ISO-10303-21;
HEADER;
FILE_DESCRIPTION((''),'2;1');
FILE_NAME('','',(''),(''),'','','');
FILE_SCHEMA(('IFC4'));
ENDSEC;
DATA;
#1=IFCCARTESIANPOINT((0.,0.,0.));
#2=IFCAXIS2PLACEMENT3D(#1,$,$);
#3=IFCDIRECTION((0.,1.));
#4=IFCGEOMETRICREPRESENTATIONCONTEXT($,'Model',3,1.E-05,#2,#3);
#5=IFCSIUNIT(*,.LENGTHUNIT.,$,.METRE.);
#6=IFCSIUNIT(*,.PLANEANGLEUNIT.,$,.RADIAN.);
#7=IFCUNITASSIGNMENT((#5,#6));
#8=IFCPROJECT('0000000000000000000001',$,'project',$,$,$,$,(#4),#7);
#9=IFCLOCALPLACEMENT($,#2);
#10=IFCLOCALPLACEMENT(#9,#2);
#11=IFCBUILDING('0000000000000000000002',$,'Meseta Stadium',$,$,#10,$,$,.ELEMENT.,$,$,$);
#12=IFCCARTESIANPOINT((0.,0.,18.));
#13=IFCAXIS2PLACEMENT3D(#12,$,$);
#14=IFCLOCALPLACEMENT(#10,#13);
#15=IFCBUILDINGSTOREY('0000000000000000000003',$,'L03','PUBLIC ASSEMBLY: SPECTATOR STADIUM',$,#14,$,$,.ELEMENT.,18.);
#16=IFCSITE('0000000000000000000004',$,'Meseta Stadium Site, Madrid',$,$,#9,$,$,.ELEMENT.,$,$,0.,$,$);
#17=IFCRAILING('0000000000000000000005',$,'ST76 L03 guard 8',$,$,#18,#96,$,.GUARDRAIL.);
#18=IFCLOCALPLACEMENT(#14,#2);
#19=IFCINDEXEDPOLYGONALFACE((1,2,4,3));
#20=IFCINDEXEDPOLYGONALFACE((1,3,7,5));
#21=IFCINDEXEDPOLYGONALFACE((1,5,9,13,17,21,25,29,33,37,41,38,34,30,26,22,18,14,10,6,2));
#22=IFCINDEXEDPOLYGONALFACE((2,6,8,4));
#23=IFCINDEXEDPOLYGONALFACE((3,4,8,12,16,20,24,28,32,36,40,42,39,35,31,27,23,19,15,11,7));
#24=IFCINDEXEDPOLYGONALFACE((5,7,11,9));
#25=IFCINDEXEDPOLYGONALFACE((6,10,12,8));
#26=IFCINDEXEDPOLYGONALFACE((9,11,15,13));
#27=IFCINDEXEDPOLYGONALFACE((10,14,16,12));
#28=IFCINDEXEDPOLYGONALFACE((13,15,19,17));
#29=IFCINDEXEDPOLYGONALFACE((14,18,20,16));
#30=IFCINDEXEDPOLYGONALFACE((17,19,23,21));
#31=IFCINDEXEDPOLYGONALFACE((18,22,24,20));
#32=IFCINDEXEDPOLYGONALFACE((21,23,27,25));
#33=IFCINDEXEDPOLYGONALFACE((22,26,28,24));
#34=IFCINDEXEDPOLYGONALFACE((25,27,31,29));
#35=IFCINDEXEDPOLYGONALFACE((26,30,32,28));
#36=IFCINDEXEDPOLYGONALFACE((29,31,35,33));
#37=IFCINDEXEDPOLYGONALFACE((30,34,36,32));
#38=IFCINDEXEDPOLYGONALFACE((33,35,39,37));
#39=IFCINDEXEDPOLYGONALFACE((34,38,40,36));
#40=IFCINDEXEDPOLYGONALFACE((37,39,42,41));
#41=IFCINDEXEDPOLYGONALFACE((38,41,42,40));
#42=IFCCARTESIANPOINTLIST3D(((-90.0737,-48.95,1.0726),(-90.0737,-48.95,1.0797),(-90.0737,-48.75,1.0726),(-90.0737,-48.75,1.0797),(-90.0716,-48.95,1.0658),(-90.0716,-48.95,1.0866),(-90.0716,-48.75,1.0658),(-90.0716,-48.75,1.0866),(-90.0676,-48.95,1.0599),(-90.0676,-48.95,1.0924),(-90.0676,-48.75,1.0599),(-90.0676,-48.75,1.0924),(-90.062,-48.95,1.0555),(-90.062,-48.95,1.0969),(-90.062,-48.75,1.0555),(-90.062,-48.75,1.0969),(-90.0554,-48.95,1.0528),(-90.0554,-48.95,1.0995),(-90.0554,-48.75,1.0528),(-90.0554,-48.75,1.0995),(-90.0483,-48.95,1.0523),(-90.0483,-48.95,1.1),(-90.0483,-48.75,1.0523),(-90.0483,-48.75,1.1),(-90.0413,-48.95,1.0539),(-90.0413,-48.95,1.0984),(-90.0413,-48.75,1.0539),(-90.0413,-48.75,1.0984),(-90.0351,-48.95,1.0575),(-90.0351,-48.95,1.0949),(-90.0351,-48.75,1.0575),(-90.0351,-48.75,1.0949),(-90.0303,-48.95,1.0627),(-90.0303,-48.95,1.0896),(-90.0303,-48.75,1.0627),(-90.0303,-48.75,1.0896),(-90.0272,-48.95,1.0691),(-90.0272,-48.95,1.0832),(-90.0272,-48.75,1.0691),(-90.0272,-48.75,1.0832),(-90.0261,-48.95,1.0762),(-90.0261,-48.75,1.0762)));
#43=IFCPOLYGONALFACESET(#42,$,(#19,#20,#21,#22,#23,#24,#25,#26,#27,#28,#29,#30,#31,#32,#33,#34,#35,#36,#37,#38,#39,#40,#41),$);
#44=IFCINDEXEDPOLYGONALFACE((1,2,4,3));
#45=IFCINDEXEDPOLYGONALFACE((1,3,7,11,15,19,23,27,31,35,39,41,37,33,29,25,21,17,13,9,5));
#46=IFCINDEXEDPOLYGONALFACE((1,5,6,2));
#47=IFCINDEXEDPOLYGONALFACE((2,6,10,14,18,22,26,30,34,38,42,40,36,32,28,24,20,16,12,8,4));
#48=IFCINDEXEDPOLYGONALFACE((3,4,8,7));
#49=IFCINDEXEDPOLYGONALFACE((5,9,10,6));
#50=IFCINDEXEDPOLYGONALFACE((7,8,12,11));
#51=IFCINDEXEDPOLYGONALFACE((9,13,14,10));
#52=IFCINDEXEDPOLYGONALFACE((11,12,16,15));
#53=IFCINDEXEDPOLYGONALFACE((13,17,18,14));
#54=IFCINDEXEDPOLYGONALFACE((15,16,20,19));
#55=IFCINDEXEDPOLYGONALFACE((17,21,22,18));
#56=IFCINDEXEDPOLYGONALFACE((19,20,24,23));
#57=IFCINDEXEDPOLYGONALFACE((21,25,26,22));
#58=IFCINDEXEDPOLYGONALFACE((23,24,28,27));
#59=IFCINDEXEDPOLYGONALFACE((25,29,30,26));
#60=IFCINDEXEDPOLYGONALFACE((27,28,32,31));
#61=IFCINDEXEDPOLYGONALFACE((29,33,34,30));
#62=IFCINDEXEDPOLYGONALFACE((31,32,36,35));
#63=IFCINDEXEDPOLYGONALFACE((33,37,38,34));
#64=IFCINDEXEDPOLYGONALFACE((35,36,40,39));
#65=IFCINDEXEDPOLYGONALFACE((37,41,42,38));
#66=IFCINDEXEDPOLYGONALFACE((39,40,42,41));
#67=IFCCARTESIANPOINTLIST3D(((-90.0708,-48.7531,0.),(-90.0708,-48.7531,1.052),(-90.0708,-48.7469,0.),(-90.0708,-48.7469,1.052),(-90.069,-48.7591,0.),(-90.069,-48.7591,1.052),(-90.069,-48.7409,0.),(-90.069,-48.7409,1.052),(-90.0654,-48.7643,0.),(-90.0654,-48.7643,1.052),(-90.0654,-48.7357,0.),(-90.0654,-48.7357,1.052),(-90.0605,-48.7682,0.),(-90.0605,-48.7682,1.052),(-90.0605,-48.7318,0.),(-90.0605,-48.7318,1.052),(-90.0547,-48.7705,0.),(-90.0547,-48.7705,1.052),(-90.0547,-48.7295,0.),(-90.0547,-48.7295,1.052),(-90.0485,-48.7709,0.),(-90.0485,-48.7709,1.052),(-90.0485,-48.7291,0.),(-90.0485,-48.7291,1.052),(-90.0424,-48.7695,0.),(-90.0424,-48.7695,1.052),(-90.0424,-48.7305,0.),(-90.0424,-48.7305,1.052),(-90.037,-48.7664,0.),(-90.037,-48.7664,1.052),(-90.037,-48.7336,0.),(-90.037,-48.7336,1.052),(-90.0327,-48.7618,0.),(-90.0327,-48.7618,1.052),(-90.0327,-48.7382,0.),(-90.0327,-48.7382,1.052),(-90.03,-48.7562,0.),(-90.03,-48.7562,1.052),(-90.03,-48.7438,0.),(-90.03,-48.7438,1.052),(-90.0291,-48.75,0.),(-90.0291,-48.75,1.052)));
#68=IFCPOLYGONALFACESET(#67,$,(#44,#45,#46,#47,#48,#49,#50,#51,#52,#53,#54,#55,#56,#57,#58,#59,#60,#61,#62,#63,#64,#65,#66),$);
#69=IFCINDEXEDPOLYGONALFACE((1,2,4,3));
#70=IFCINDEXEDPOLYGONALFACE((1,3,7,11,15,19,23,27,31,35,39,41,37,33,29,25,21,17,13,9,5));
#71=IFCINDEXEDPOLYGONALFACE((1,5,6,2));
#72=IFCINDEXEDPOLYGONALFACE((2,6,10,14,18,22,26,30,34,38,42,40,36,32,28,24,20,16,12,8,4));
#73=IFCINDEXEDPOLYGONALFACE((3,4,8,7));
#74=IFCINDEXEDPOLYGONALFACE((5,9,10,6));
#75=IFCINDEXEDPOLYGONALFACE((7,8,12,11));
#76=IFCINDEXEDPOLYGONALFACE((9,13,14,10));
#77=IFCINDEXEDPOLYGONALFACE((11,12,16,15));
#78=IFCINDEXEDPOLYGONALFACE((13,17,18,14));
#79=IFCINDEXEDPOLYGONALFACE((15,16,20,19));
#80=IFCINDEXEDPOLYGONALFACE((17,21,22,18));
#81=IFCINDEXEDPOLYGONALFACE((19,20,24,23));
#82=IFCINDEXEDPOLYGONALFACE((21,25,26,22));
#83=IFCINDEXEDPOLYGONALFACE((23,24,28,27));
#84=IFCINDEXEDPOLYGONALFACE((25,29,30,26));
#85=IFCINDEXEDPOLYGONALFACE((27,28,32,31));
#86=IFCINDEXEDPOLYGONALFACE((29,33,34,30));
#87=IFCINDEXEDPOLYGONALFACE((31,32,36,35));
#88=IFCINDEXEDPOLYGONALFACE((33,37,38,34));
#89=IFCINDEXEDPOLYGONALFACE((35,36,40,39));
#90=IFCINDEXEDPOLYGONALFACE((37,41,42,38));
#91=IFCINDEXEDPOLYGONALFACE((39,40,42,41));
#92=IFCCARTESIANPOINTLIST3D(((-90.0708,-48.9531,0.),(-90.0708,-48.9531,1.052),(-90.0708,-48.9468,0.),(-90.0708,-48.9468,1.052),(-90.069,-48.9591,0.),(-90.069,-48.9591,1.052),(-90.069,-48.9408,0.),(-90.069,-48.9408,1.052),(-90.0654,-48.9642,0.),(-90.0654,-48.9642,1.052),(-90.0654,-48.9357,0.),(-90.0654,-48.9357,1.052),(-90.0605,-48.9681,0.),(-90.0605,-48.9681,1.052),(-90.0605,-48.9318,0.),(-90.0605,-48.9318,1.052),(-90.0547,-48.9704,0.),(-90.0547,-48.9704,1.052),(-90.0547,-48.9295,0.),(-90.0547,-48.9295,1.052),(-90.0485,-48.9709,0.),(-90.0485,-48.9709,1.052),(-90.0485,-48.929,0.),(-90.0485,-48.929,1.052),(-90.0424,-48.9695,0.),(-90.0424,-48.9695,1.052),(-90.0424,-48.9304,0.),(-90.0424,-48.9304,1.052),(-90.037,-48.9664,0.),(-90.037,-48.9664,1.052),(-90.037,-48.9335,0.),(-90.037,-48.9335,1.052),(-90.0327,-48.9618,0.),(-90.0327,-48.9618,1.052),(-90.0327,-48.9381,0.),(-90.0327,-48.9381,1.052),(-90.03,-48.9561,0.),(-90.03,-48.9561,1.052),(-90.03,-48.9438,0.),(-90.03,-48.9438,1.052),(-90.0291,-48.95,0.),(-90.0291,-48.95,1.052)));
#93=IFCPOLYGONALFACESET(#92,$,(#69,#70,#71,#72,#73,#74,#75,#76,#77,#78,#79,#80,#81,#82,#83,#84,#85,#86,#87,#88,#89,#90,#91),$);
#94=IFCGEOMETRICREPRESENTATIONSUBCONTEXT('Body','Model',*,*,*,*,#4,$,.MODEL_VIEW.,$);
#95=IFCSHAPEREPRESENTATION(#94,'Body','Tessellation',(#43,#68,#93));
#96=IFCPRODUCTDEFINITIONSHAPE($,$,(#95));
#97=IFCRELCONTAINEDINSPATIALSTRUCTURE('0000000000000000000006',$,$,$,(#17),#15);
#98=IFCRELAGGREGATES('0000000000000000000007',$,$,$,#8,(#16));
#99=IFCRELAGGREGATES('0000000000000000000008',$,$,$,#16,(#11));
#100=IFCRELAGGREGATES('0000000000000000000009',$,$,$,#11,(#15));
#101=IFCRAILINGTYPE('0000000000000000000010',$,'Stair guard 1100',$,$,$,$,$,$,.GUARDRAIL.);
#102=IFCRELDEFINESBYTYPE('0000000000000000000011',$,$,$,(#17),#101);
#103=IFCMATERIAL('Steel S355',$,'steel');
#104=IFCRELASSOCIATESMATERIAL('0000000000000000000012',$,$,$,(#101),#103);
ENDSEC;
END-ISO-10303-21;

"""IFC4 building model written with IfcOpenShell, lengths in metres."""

from ifc_helpers import new_model, si_unit, direction, frame, origin, origin_2d, place, context, subcontext, project, spatial, circle, extrude, material, type_object, element, save


model = new_model("IFC4")

# Units and contexts
model_context = context("Model", 3, precision=1e-05, world=origin(), true_north=direction((0.0, 1.0)))
body_context = subcontext(model_context, "Body", "Model", "MODEL_VIEW")
ifc_project = project(units=[si_unit("LENGTHUNIT", "METRE"), si_unit("PLANEANGLEUNIT", "RADIAN")], contexts=[model_context])

# Site, building, storey
site_placement = place(None, origin())
site = spatial("IfcSite", under=ifc_project, at=site_placement, Name="Meseta Stadium Site, Madrid", CompositionType="ELEMENT", RefElevation=0.0)
building_placement = place(site_placement, origin())
building = spatial("IfcBuilding", under=site, at=building_placement, Name="Meseta Stadium", CompositionType="ELEMENT")
storey_placement = place(building_placement, frame((0.0, 0.0, 18.0)))
storey = spatial("IfcBuildingStorey", under=building, at=storey_placement, Name="L03", Description="PUBLIC ASSEMBLY: SPECTATOR STADIUM", CompositionType="ELEMENT", Elevation=18.0)

# Railing
ifc_material_1 = material(Name="Steel S355", Category="steel")
railing_type_1 = type_object("IfcRailingType", Name="Stair guard 1100", PredefinedType="GUARDRAIL", material=ifc_material_1)
railing_1_placement = place(storey_placement, frame((-90.05, -48.75, 0.0)))
element("IfcRailing", 1, at=railing_1_placement, inside=storey, type_object=railing_type_1, Name="ST76 L03 guard 8", PredefinedType="GUARDRAIL", context=body_context, shape_type="SweptSolid", body=[
    extrude(circle(Radius=0.0239, at=origin_2d()), frame((0.0, 0.0, 1.0762), z_axis=(0.0, -1.0, 0.0), x_axis=(1.0, 0.0, 0.0)), (0.0, 0.0, 1.0), 0.2),
    extrude(circle(Radius=0.021, at=origin_2d()), origin(), (0.0, 0.0, 1.0), 1.052),
    extrude(circle(Radius=0.021, at=origin_2d()), frame((0.0, -0.2, 0.0)), (0.0, 0.0, 1.0), 1.052),
])

save(model, "model.ifc")
